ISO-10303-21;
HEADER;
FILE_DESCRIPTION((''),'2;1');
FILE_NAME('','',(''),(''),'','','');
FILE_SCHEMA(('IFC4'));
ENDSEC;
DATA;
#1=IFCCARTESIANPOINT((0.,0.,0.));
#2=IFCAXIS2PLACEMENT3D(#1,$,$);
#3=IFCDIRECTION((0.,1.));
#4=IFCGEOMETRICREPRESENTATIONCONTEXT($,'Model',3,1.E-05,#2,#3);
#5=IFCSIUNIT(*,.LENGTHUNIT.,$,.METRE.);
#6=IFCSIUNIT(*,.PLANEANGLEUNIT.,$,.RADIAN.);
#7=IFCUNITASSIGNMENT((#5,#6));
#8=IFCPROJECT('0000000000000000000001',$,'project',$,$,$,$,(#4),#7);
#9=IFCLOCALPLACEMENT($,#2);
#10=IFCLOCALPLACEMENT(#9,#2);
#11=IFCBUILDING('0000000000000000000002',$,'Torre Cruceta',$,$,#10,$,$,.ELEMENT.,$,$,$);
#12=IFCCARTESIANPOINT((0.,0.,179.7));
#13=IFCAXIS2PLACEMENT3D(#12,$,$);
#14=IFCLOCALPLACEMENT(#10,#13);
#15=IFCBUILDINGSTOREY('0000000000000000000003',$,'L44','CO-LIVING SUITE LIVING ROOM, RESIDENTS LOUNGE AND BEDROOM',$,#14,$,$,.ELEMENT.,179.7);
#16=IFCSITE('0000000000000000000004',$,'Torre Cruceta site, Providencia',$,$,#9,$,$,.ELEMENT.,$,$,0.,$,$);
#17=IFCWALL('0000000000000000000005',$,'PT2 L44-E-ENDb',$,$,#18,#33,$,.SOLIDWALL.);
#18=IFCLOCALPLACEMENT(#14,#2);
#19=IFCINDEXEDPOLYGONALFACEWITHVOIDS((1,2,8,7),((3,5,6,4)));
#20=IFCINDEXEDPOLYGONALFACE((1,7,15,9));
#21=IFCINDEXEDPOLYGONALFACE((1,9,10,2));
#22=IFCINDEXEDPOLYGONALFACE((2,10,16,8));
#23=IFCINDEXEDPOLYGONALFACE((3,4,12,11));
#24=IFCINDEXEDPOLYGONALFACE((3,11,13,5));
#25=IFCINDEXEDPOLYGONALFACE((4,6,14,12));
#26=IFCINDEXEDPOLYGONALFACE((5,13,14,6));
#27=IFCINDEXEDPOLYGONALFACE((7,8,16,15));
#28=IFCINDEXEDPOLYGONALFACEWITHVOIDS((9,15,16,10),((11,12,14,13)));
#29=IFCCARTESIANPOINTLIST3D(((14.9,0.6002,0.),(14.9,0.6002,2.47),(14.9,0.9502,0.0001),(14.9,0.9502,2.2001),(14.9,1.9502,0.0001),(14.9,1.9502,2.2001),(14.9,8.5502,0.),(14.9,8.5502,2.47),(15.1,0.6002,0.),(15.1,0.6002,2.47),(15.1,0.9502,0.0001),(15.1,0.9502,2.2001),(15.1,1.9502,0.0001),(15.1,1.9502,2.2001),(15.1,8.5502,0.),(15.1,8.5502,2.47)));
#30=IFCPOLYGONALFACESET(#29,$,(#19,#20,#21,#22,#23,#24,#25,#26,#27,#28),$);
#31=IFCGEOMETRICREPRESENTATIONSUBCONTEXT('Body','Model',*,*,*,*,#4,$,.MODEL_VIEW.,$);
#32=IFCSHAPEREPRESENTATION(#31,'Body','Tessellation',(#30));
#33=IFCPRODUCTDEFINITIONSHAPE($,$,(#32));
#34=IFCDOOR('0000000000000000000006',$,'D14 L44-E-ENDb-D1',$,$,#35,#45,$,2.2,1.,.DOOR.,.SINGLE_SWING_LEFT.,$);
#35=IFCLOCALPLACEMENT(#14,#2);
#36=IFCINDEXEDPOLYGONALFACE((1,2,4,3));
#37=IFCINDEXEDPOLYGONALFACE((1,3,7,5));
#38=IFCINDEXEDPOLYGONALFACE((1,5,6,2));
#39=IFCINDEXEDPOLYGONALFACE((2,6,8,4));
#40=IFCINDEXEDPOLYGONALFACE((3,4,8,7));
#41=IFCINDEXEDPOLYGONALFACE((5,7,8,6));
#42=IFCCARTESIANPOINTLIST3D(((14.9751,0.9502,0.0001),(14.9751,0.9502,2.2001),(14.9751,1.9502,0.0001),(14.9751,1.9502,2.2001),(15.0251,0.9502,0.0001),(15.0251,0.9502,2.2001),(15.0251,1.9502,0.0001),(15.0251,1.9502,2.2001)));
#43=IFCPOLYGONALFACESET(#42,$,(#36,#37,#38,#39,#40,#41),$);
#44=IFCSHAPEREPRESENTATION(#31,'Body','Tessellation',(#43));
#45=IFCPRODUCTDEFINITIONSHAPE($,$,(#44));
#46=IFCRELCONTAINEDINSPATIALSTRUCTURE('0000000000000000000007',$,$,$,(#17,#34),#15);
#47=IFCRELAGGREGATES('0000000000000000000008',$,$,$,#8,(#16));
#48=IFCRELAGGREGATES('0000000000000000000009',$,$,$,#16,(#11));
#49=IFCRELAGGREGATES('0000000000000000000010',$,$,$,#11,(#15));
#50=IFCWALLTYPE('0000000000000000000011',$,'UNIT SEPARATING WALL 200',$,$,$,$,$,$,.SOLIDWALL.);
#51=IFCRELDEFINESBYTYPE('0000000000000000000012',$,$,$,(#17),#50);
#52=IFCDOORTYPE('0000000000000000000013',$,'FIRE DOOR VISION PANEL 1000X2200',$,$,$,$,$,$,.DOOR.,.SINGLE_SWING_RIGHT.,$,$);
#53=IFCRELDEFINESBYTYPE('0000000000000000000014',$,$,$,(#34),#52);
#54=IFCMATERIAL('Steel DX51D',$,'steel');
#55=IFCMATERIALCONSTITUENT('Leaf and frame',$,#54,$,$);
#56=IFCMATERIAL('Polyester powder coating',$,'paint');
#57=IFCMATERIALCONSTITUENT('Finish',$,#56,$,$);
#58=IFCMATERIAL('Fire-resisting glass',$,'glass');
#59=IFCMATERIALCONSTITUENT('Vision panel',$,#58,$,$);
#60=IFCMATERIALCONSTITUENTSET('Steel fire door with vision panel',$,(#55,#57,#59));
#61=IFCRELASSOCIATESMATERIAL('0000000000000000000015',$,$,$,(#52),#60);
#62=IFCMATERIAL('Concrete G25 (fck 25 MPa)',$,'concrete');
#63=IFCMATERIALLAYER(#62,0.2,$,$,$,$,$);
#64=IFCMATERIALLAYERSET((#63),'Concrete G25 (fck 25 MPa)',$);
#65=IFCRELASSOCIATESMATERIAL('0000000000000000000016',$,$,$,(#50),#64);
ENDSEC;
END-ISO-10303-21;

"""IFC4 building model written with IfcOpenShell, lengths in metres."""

from ifc_helpers import new_model, si_unit, direction, frame, frame_2d, origin, place, context, subcontext, project, spatial, rectangle, extrude, material, layer, layer_set, constituent, constituent_set, type_object, element, fill, save


model = new_model("IFC4")

# Units and contexts
model_context = context("Model", 3, precision=1e-05, world=origin(), true_north=direction((0.0, 1.0)))
body_context = subcontext(model_context, "Body", "Model", "MODEL_VIEW")
ifc_project = project(units=[si_unit("LENGTHUNIT", "METRE"), si_unit("PLANEANGLEUNIT", "RADIAN")], contexts=[model_context])

# Site, building, storey
site_placement = place(None, origin())
site = spatial("IfcSite", under=ifc_project, at=site_placement, Name="Torre Cruceta site, Providencia", CompositionType="ELEMENT", RefElevation=0.0)
building_placement = place(site_placement, origin())
building = spatial("IfcBuilding", under=site, at=building_placement, Name="Torre Cruceta", CompositionType="ELEMENT")
storey_placement = place(building_placement, frame((0.0, 0.0, 179.7)))
storey = spatial("IfcBuildingStorey", under=building, at=storey_placement, Name="L44", Description="CO-LIVING SUITE LIVING ROOM, RESIDENTS LOUNGE AND BEDROOM", CompositionType="ELEMENT", Elevation=179.7)

# Shared definitions
ifc_material_1 = material(Name="Steel DX51D", Category="steel")
ifc_constituent_1 = constituent(ifc_material_1, Name="Leaf and frame")
ifc_material_2 = material(Name="Polyester powder coating", Category="paint")
ifc_constituent_2 = constituent(ifc_material_2, Name="Finish")
ifc_material_3 = material(Name="Fire-resisting glass", Category="glass")
ifc_constituent_3 = constituent(ifc_material_3, Name="Vision panel")
ifc_constituent_set_1 = constituent_set(constituents=[ifc_constituent_1, ifc_constituent_2, ifc_constituent_3], Name="Steel fire door with vision panel")
door_type_1 = type_object("IfcDoorType", Name="FIRE DOOR VISION PANEL 1000X2200", OperationType="SINGLE_SWING_RIGHT", PredefinedType="DOOR", material=ifc_constituent_set_1)

# Wall, opening, door
ifc_material_4 = material(Name="Concrete G25 (fck 25 MPa)", Category="concrete")
ifc_layer_1 = layer(ifc_material_4, 0.2)
ifc_layer_set_1 = layer_set([ifc_layer_1], Name="Concrete G25 (fck 25 MPa)")
wall_type_1 = type_object("IfcWallType", Name="UNIT SEPARATING WALL 200", PredefinedType="SOLIDWALL", material=ifc_layer_set_1)
wall_1_placement = place(storey_placement, frame((15.0, 0.6001, 0.0), z_axis=(0.0, 0.0, 1.0), x_axis=(0.0, 1.0, 0.0)))
wall_1 = element("IfcWall", 1, at=wall_1_placement, inside=storey, type_object=wall_type_1, Name="PT2 L44-E-ENDb", PredefinedType="SOLIDWALL", context=body_context, shape_type="SweptSolid", body=[
    extrude(rectangle(XDim=7.95, YDim=0.2, at=frame_2d((3.9751, 0.0))), origin(), (0.0, 0.0, 1.0), 2.47),
])
opening_1_placement = place(wall_1_placement, frame((0.3501, 0.0, 0.0)))
opening_1 = element("IfcOpeningElement", 2, at=opening_1_placement, cuts=wall_1, PredefinedType="OPENING", context=body_context, shape_type="SweptSolid", body=[
    extrude(rectangle(XDim=1.0, YDim=2.2, at=frame_2d((0.5, 1.1001))), frame((0.0, 0.1099, 0.0), z_axis=(0.0, -1.0, 0.0), x_axis=(1.0, 0.0, 0.0)), (0.0, 0.0, 1.0), 0.22),
])
door_1_placement = place(opening_1_placement, frame((1.0, 0.0, 0.0), z_axis=(0.0, 0.0, 1.0), x_axis=(-1.0, 0.0, 0.0)))
door_1 = element("IfcDoor", 3, at=door_1_placement, inside=storey, type_object=door_type_1, Name="D14 L44-E-ENDb-D1", OperationType="SINGLE_SWING_LEFT", OverallHeight=2.2, OverallWidth=1.0, PredefinedType="DOOR", context=body_context, shape_type="SweptSolid", body=[
    extrude(rectangle(XDim=1.0, YDim=2.2, at=frame_2d((0.5, 1.1001))), frame((0.0, 0.0251, 0.0), z_axis=(0.0, -1.0, 0.0), x_axis=(1.0, 0.0, 0.0)), (0.0, 0.0, 1.0), 0.05),
])
fill(opening_1, door_1)

save(model, "model.ifc")
